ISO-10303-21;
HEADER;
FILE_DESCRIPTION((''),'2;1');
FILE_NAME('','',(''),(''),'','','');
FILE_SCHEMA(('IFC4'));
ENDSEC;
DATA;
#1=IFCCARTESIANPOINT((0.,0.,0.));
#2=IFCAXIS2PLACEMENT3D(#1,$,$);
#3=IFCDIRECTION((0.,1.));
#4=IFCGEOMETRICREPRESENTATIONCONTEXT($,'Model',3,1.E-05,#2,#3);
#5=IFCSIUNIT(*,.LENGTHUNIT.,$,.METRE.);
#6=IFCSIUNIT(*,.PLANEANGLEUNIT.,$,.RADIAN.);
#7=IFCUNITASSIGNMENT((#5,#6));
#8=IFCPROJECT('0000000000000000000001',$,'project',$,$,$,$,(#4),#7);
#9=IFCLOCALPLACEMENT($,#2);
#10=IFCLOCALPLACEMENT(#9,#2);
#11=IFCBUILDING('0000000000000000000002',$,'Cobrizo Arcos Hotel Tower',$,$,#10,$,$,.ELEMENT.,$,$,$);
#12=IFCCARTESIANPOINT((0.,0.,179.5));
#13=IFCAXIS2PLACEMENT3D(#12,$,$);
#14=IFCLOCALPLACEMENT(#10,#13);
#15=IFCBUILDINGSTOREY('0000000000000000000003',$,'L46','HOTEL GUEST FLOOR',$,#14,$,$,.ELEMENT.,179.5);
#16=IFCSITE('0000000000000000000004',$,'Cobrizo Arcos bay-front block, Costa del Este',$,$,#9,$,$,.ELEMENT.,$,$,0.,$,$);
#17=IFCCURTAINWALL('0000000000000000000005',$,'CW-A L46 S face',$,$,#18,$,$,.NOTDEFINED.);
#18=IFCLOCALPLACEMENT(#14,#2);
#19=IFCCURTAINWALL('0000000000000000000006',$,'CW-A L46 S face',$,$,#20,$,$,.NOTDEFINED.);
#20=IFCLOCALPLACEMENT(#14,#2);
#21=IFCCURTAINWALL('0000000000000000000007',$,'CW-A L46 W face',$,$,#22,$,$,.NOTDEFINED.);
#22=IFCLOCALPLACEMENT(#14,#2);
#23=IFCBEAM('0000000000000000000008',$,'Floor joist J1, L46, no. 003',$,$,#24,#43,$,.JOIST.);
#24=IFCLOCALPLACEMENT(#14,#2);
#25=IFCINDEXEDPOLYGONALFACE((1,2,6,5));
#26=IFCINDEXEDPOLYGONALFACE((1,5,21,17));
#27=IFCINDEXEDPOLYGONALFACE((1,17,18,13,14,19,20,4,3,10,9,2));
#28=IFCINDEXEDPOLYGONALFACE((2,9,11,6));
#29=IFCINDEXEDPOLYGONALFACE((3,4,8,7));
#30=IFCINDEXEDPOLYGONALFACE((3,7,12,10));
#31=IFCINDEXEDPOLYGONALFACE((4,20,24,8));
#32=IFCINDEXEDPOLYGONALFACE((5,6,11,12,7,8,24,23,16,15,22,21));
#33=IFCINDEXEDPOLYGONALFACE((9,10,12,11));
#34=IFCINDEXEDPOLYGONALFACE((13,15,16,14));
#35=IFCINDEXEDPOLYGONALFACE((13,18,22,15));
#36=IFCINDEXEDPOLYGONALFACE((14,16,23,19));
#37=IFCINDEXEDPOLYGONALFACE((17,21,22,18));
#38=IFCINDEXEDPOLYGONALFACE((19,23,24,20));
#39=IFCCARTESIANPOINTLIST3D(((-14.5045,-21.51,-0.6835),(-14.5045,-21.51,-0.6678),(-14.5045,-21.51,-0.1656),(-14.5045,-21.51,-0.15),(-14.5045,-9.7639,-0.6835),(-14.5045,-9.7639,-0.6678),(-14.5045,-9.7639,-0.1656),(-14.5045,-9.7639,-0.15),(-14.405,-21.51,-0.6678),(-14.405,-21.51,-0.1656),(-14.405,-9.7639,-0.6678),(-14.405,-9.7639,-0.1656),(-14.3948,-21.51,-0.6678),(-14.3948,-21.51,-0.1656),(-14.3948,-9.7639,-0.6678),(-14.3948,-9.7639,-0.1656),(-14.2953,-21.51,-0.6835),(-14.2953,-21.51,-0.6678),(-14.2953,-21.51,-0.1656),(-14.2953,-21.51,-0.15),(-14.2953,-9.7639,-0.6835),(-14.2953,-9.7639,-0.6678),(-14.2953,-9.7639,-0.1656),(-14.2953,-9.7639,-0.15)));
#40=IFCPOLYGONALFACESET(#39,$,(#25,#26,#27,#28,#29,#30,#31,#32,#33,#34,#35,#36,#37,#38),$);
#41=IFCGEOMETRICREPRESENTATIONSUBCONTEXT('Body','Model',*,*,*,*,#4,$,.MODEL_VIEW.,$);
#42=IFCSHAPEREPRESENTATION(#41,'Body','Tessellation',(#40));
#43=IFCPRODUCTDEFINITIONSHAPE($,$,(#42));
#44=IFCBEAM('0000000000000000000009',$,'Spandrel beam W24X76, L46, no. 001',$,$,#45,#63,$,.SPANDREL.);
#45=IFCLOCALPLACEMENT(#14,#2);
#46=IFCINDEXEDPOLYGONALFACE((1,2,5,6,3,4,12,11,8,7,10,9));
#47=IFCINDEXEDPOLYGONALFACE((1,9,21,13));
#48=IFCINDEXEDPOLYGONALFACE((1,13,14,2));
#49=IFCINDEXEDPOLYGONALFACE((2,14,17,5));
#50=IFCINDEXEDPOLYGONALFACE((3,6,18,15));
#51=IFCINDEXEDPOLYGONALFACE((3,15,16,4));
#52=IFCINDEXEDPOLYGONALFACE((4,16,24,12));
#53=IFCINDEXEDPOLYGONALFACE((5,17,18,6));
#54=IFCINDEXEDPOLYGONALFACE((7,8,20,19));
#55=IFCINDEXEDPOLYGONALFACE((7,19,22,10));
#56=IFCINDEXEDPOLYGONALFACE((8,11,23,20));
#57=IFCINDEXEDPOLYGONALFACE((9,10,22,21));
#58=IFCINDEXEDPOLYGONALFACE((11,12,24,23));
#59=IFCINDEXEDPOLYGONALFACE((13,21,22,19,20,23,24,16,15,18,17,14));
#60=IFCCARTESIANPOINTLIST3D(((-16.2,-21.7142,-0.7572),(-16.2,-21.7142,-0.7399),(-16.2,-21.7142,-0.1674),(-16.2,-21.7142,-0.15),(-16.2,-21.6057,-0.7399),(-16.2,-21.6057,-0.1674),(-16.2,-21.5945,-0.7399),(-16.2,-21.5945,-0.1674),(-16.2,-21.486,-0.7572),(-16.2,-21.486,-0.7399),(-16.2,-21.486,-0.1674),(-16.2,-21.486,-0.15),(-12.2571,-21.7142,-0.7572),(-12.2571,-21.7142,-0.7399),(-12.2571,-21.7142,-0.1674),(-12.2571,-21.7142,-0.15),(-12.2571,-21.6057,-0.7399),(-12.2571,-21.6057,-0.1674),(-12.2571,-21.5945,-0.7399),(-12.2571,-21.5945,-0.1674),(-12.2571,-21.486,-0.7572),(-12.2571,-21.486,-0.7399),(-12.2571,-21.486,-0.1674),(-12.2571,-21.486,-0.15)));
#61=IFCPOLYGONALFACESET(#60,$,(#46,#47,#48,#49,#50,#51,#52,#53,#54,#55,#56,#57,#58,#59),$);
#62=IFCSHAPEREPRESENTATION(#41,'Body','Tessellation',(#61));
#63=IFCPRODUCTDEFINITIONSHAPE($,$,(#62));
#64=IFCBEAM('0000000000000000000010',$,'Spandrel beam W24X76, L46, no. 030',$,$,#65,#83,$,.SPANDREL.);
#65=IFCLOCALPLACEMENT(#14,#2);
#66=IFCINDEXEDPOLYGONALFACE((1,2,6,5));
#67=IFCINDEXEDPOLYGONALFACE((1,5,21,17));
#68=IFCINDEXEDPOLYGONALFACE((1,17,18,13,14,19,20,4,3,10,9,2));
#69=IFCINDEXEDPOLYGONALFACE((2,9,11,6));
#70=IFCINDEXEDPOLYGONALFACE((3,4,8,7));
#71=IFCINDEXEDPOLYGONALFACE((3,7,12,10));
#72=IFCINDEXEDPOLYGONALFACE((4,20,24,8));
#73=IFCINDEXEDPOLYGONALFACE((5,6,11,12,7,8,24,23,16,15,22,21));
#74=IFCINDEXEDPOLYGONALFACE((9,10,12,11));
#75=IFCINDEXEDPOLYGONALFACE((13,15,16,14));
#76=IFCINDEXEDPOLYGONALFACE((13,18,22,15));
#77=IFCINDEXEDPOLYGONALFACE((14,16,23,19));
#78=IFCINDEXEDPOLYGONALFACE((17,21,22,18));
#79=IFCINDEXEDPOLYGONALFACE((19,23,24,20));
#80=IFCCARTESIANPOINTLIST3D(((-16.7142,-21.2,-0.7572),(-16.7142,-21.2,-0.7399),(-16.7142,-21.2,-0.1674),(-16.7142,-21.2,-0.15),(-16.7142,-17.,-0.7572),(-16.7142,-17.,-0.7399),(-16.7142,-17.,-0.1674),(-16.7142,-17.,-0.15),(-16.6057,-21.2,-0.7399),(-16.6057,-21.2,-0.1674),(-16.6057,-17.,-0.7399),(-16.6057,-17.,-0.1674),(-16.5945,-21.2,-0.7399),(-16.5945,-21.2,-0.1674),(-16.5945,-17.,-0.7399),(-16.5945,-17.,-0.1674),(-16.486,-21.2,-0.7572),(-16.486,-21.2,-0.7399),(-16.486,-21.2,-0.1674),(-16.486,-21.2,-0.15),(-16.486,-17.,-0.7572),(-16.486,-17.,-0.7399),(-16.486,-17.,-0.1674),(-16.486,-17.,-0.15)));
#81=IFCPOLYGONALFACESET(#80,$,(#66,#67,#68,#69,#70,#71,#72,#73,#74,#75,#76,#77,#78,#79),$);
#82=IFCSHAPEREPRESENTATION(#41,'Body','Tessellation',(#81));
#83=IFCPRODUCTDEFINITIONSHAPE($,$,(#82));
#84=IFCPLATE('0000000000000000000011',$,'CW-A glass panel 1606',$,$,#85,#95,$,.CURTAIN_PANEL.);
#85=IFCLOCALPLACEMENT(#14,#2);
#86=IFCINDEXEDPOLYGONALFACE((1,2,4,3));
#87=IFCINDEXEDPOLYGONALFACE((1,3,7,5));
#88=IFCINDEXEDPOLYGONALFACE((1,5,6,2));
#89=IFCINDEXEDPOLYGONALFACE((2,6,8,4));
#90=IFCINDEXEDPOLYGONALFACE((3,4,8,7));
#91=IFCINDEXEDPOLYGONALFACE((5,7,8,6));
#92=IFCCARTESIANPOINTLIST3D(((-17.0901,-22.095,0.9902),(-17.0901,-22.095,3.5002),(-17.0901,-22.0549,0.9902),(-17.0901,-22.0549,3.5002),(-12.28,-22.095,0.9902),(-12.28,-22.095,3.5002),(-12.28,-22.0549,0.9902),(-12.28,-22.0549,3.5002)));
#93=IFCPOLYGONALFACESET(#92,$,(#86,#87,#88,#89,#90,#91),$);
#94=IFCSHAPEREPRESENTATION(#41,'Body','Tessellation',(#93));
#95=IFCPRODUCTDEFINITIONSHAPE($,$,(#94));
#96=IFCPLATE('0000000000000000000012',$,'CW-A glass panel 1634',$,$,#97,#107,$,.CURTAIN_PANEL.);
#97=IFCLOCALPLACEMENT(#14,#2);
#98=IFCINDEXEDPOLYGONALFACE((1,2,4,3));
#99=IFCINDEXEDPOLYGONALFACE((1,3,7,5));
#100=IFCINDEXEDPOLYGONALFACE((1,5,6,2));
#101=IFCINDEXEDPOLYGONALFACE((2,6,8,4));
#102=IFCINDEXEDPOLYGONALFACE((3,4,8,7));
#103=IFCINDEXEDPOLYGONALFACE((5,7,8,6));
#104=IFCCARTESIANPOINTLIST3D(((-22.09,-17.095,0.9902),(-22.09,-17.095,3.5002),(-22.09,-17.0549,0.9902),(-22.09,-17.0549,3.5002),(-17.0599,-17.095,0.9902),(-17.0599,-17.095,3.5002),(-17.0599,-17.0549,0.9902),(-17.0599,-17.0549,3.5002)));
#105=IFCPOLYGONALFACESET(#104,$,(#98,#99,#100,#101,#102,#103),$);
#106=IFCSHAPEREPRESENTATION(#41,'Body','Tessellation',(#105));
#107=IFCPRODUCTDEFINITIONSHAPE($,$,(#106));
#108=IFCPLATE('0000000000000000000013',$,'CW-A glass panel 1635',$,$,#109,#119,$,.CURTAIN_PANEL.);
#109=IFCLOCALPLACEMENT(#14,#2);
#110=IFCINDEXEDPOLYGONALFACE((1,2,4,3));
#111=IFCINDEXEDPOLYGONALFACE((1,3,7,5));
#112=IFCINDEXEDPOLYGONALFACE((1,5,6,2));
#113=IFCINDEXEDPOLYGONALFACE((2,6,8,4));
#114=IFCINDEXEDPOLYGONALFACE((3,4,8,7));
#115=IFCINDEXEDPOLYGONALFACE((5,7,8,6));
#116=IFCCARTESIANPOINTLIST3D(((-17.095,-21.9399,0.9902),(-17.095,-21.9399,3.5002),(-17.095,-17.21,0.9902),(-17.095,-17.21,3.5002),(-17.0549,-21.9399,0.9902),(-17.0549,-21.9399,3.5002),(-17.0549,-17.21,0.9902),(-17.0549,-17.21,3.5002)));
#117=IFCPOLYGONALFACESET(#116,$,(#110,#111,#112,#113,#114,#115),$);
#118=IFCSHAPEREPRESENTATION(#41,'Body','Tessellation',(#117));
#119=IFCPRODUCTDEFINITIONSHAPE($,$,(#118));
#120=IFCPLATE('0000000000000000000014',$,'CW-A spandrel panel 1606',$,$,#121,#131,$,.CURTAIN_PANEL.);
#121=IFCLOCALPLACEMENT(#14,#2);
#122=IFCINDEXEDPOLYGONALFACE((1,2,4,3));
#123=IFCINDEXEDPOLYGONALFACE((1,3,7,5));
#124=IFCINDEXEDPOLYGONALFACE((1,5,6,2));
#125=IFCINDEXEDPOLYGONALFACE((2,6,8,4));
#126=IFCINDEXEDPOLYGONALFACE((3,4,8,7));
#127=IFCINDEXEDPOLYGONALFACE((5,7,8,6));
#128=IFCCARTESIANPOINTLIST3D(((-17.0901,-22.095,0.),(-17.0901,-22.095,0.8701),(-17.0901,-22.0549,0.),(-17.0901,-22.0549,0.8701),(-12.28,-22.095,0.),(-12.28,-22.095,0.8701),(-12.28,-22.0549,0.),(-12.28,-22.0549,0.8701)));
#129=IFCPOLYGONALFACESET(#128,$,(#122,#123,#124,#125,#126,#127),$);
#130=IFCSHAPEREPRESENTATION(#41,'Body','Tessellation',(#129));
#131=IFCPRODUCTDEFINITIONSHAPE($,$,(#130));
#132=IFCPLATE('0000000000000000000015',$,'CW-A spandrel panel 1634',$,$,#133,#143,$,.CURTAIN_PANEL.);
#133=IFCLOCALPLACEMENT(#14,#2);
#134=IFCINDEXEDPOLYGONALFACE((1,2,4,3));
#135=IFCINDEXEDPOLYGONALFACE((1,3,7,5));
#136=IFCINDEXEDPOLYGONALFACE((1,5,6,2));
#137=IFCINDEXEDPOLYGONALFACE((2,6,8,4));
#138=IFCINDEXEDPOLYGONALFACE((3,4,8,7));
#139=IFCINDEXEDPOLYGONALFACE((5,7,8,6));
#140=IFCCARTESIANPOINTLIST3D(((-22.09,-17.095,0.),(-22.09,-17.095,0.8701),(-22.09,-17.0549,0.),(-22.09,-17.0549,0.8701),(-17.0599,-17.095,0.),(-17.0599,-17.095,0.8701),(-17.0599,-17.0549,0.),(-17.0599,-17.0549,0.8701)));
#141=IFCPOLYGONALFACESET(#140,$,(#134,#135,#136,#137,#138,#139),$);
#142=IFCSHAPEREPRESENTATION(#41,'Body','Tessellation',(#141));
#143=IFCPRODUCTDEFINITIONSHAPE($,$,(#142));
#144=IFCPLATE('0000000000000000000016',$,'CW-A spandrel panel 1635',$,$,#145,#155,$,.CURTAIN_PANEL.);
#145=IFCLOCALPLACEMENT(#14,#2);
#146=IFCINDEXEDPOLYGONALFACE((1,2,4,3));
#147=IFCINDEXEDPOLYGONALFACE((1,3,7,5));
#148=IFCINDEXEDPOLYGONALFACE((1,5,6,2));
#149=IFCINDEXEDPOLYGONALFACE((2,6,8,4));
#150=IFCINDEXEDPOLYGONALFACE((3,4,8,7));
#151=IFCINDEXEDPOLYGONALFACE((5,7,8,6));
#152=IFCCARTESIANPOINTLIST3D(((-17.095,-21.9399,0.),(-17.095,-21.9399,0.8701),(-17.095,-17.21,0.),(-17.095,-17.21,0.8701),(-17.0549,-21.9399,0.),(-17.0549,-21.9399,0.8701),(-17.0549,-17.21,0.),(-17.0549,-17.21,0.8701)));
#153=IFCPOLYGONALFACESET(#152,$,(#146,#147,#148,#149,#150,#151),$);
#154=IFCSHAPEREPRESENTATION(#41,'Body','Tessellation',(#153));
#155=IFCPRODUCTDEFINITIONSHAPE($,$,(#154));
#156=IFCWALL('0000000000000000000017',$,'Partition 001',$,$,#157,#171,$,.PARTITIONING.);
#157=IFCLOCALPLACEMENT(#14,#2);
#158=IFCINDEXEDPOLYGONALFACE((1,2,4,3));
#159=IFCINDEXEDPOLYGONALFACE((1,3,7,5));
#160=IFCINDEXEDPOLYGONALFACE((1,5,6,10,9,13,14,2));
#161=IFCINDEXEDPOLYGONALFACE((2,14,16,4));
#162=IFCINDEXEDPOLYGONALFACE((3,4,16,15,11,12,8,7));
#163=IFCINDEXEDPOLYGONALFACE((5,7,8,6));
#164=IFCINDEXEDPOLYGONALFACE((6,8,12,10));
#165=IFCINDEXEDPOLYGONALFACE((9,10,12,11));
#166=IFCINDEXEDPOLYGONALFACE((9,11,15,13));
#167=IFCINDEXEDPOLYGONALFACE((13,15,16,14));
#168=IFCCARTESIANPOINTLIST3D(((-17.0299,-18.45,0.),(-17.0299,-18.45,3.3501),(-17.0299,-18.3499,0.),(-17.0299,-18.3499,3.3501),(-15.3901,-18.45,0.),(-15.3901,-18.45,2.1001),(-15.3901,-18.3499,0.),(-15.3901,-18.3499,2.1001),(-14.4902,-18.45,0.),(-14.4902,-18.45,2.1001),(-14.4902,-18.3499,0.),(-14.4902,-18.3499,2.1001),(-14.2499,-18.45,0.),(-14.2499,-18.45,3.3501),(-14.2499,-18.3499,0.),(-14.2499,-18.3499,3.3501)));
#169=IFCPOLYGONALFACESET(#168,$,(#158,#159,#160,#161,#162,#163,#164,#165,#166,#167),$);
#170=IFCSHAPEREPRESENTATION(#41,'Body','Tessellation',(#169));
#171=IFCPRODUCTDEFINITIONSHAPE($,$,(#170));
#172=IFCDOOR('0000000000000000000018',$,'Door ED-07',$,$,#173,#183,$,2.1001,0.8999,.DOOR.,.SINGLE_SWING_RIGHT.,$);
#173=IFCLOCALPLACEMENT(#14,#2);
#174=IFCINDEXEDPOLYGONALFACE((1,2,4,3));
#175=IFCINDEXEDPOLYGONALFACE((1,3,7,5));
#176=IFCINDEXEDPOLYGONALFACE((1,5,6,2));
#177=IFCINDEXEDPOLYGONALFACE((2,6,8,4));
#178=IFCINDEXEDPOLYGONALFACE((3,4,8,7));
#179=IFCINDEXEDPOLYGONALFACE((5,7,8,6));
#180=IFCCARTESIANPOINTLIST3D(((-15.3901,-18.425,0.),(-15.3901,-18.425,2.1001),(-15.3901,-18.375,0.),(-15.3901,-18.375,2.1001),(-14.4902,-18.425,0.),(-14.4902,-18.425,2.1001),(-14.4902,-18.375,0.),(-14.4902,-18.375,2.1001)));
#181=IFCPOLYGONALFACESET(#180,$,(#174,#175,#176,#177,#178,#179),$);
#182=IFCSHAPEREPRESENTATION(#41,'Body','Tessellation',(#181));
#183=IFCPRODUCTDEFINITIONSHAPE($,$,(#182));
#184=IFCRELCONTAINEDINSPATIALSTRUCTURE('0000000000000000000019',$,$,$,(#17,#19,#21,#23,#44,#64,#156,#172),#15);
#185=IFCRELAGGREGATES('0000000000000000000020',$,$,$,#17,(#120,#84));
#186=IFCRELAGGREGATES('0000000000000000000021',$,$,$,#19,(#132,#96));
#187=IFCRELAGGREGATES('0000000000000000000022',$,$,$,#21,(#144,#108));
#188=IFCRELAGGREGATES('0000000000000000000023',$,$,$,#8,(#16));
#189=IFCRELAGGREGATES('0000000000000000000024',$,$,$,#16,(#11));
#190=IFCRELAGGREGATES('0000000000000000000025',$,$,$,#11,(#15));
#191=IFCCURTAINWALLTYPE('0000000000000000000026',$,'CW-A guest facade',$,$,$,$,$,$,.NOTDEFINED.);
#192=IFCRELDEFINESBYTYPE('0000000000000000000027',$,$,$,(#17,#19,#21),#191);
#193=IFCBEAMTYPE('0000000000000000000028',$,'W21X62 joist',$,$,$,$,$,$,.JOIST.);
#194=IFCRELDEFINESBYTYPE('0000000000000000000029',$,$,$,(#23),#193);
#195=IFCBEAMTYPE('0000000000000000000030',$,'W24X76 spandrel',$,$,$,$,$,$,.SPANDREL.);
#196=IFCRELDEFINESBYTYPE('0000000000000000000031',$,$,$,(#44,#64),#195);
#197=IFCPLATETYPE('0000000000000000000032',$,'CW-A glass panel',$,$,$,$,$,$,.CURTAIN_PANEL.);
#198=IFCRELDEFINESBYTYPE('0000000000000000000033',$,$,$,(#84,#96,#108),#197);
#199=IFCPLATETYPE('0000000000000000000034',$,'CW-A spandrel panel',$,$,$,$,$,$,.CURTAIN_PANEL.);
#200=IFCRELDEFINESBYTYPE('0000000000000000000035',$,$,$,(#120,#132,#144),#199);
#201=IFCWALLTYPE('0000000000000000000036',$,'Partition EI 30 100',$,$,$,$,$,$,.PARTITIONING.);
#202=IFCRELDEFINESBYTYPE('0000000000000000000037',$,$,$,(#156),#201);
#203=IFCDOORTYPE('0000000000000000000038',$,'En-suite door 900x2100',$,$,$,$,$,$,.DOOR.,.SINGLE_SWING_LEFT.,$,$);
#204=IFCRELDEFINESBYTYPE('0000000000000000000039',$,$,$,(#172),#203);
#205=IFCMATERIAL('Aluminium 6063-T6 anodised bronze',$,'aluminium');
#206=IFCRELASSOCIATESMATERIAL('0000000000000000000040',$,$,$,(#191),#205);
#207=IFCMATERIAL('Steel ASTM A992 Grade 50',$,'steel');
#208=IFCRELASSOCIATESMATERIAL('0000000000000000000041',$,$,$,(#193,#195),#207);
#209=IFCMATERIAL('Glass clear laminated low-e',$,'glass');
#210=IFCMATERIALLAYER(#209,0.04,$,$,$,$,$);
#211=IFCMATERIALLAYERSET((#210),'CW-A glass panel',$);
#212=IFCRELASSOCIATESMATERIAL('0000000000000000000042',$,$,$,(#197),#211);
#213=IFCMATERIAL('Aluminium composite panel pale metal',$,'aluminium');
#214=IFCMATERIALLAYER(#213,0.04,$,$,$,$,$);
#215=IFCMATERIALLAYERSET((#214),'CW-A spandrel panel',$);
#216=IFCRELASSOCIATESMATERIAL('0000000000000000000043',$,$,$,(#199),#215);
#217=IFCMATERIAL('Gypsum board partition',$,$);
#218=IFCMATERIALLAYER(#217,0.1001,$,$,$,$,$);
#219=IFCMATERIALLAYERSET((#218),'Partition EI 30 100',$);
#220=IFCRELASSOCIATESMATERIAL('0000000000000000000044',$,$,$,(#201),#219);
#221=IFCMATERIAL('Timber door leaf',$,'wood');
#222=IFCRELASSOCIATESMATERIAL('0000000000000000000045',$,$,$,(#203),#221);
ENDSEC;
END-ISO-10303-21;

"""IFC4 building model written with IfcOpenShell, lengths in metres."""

from ifc_helpers import new_model, si_unit, direction, frame, frame_2d, origin, origin_2d, place, context, subcontext, project, spatial, rectangle, i_section, extrude, material, layer, layer_set, material_profile, profile_set, type_object, element, fill, aggregate, save


model = new_model("IFC4")

# Units and contexts
model_context = context("Model", 3, precision=1e-05, world=origin(), true_north=direction((0.0, 1.0)))
body_context = subcontext(model_context, "Body", "Model", "MODEL_VIEW")
ifc_project = project(units=[si_unit("LENGTHUNIT", "METRE"), si_unit("PLANEANGLEUNIT", "RADIAN")], contexts=[model_context])

# Site, building, storey
site_placement = place(None, origin())
site = spatial("IfcSite", under=ifc_project, at=site_placement, Name="Cobrizo Arcos bay-front block, Costa del Este", CompositionType="ELEMENT", RefElevation=0.0)
building_placement = place(site_placement, origin())
building = spatial("IfcBuilding", under=site, at=building_placement, Name="Cobrizo Arcos Hotel Tower", CompositionType="ELEMENT")
storey_placement = place(building_placement, frame((0.0, 0.0, 179.5)))
storey = spatial("IfcBuildingStorey", under=building, at=storey_placement, Name="L46", Description="HOTEL GUEST FLOOR", CompositionType="ELEMENT", Elevation=179.5)

# Curtain wall
ifc_material_1 = material(Name="Aluminium 6063-T6 anodised bronze", Category="aluminium")
curtain_wall_type = type_object("IfcCurtainWallType", Name="CW-A guest facade", PredefinedType="NOTDEFINED", material=ifc_material_1)
curtain_wall_1_placement = place(storey_placement, origin())
curtain_wall_1 = element("IfcCurtainWall", 1, at=curtain_wall_1_placement, inside=storey, type_object=curtain_wall_type, Name="CW-A L46 S face", PredefinedType="NOTDEFINED")

# Curtain walls
curtain_wall_2_placement = place(storey_placement, origin())
curtain_wall_2 = element("IfcCurtainWall", 2, at=curtain_wall_2_placement, inside=storey, type_object=curtain_wall_type, Name="CW-A L46 S face", PredefinedType="NOTDEFINED")
curtain_wall_3_placement = place(storey_placement, origin())
curtain_wall_3 = element("IfcCurtainWall", 3, at=curtain_wall_3_placement, inside=storey, type_object=curtain_wall_type, Name="CW-A L46 W face", PredefinedType="NOTDEFINED")

# Beams
ifc_material_2 = material(Name="Steel ASTM A992 Grade 50", Category="steel")
ifc_material_profile_1 = material_profile(ifc_material_2, i_section(OverallWidth=0.2092, OverallDepth=0.5334, WebThickness=0.0103, FlangeThickness=0.0156, at=origin_2d()), Name="W21X62")
ifc_profile_set_1 = profile_set([ifc_material_profile_1], Name="Steel ASTM A992 Grade 50")
beam_type_1 = type_object("IfcBeamType", Name="W21X62 joist", PredefinedType="JOIST", material=ifc_profile_set_1)
beam_1_placement = place(storey_placement, frame((-14.3999, -21.51, -0.4167), z_axis=(0.0, 1.0, 0.0), x_axis=(-1.0, 0.0, 0.0)))
element("IfcBeam", 4, at=beam_1_placement, inside=storey, type_object=beam_type_1, Name="Floor joist J1, L46, no. 003", PredefinedType="JOIST", context=body_context, shape_type="SweptSolid", body=[
    extrude(i_section(OverallWidth=0.2092, OverallDepth=0.5334, WebThickness=0.0103, FlangeThickness=0.0156, at=origin_2d()), origin(), (0.0, 0.0, 1.0), 11.7461),
])
ifc_material_profile_2 = material_profile(ifc_material_2, i_section(OverallWidth=0.2283, OverallDepth=0.6072, WebThickness=0.0112, FlangeThickness=0.0173, at=origin_2d()), Name="W24X76")
ifc_profile_set_2 = profile_set([ifc_material_profile_2], Name="Steel ASTM A992 Grade 50")
beam_type_2 = type_object("IfcBeamType", Name="W24X76 spandrel", PredefinedType="SPANDREL", material=ifc_profile_set_2)
beam_2_placement = place(storey_placement, frame((-16.2, -21.6001, -0.4536), z_axis=(1.0, 0.0, 0.0), x_axis=(0.0, 1.0, 0.0)))
element("IfcBeam", 5, at=beam_2_placement, inside=storey, type_object=beam_type_2, Name="Spandrel beam W24X76, L46, no. 001", PredefinedType="SPANDREL", context=body_context, shape_type="SweptSolid", body=[
    extrude(i_section(OverallWidth=0.2283, OverallDepth=0.6072, WebThickness=0.0112, FlangeThickness=0.0173, at=origin_2d()), origin(), (0.0, 0.0, 1.0), 3.9429),
])
beam_3_placement = place(storey_placement, frame((-16.6001, -17.0, -0.4536), z_axis=(0.0, -1.0, 0.0), x_axis=(1.0, 0.0, 0.0)))
element("IfcBeam", 6, at=beam_3_placement, inside=storey, type_object=beam_type_2, Name="Spandrel beam W24X76, L46, no. 030", PredefinedType="SPANDREL", context=body_context, shape_type="SweptSolid", body=[
    extrude(i_section(OverallWidth=0.2283, OverallDepth=0.6072, WebThickness=0.0112, FlangeThickness=0.0173, at=origin_2d()), origin(), (0.0, 0.0, 1.0), 4.2),
])

# Plates
ifc_material_3 = material(Name="Glass clear laminated low-e", Category="glass")
ifc_layer_1 = layer(ifc_material_3, 0.04)
ifc_layer_set_1 = layer_set([ifc_layer_1], Name="CW-A glass panel")
plate_type_1 = type_object("IfcPlateType", Name="CW-A glass panel", PredefinedType="CURTAIN_PANEL", material=ifc_layer_set_1)
plate_1_placement = place(storey_placement, frame((-14.6851, -22.075, 0.9902), z_axis=(0.0, 0.0, 1.0), x_axis=(1.0, 0.0, 0.0)))
plate_1 = element("IfcPlate", 7, at=plate_1_placement, type_object=plate_type_1, Name="CW-A glass panel 1606", PredefinedType="CURTAIN_PANEL", context=body_context, shape_type="SweptSolid", body=[
    extrude(rectangle(XDim=4.8101, YDim=0.04, at=origin_2d()), origin(), (0.0, 0.0, 1.0), 2.51),
])
plate_2_placement = place(storey_placement, frame((-19.575, -17.075, 0.9902), z_axis=(0.0, 0.0, 1.0), x_axis=(1.0, 0.0, 0.0)))
plate_2 = element("IfcPlate", 8, at=plate_2_placement, type_object=plate_type_1, Name="CW-A glass panel 1634", PredefinedType="CURTAIN_PANEL", context=body_context, shape_type="SweptSolid", body=[
    extrude(rectangle(XDim=5.03, YDim=0.04, at=origin_2d()), origin(), (0.0, 0.0, 1.0), 2.51),
])
plate_3_placement = place(storey_placement, frame((-17.075, -19.575, 0.9902), z_axis=(0.0, 0.0, 1.0), x_axis=(0.0, -1.0, 0.0)))
plate_3 = element("IfcPlate", 9, at=plate_3_placement, type_object=plate_type_1, Name="CW-A glass panel 1635", PredefinedType="CURTAIN_PANEL", context=body_context, shape_type="SweptSolid", body=[
    extrude(rectangle(XDim=4.73, YDim=0.04, at=origin_2d()), origin(), (0.0, 0.0, 1.0), 2.51),
])
ifc_material_4 = material(Name="Aluminium composite panel pale metal", Category="aluminium")
ifc_layer_2 = layer(ifc_material_4, 0.04)
ifc_layer_set_2 = layer_set([ifc_layer_2], Name="CW-A spandrel panel")
plate_type_2 = type_object("IfcPlateType", Name="CW-A spandrel panel", PredefinedType="CURTAIN_PANEL", material=ifc_layer_set_2)
plate_4_placement = place(storey_placement, frame((-14.6851, -22.075, 0.0), z_axis=(0.0, 0.0, 1.0), x_axis=(1.0, 0.0, 0.0)))
plate_4 = element("IfcPlate", 10, at=plate_4_placement, type_object=plate_type_2, Name="CW-A spandrel panel 1606", PredefinedType="CURTAIN_PANEL", context=body_context, shape_type="SweptSolid", body=[
    extrude(rectangle(XDim=4.8101, YDim=0.04, at=origin_2d()), origin(), (0.0, 0.0, 1.0), 0.8701),
])
aggregate(curtain_wall_1, [plate_4, plate_1])
plate_5_placement = place(storey_placement, frame((-19.575, -17.075, 0.0), z_axis=(0.0, 0.0, 1.0), x_axis=(1.0, 0.0, 0.0)))
plate_5 = element("IfcPlate", 11, at=plate_5_placement, type_object=plate_type_2, Name="CW-A spandrel panel 1634", PredefinedType="CURTAIN_PANEL", context=body_context, shape_type="SweptSolid", body=[
    extrude(rectangle(XDim=5.03, YDim=0.04, at=origin_2d()), origin(), (0.0, 0.0, 1.0), 0.8701),
])
aggregate(curtain_wall_2, [plate_5, plate_2])
plate_6_placement = place(storey_placement, frame((-17.075, -19.575, 0.0), z_axis=(0.0, 0.0, 1.0), x_axis=(0.0, -1.0, 0.0)))
plate_6 = element("IfcPlate", 12, at=plate_6_placement, type_object=plate_type_2, Name="CW-A spandrel panel 1635", PredefinedType="CURTAIN_PANEL", context=body_context, shape_type="SweptSolid", body=[
    extrude(rectangle(XDim=4.73, YDim=0.04, at=origin_2d()), origin(), (0.0, 0.0, 1.0), 0.8701),
])
aggregate(curtain_wall_3, [plate_6, plate_3])

# Wall, opening, door
ifc_material_5 = material(Name="Gypsum board partition")
ifc_layer_3 = layer(ifc_material_5, 0.1001)
ifc_layer_set_3 = layer_set([ifc_layer_3], Name="Partition EI 30 100")
wall_type = type_object("IfcWallType", Name="Partition EI 30 100", PredefinedType="PARTITIONING", material=ifc_layer_set_3)
wall_1_placement = place(storey_placement, frame((-17.03, -18.3999, 0.0), z_axis=(0.0, 0.0, 1.0), x_axis=(1.0, 0.0, 0.0)))
wall_1 = element("IfcWall", 13, at=wall_1_placement, inside=storey, type_object=wall_type, Name="Partition 001", PredefinedType="PARTITIONING", context=body_context, shape_type="SweptSolid", body=[
    extrude(rectangle(XDim=2.78, YDim=0.1001, at=frame_2d((1.3901, 0.0))), origin(), (0.0, 0.0, 1.0), 3.3501),
])
opening_placement = place(wall_1_placement, frame((1.6399, 0.0, 0.0)))
opening = element("IfcOpeningElement", 14, at=opening_placement, cuts=wall_1, PredefinedType="OPENING", context=body_context, shape_type="SweptSolid", body=[
    extrude(rectangle(XDim=0.8999, YDim=2.1001, at=frame_2d((0.45, 1.05))), frame((0.0, 0.062, 0.0), z_axis=(0.0, -1.0, 0.0), x_axis=(1.0, 0.0, 0.0)), (0.0, 0.0, 1.0), 0.124),
])
ifc_material_6 = material(Name="Timber door leaf", Category="wood")
door_type = type_object("IfcDoorType", Name="En-suite door 900x2100", OperationType="SINGLE_SWING_LEFT", PredefinedType="DOOR", material=ifc_material_6)
door_placement = place(opening_placement, origin())
door = element("IfcDoor", 15, at=door_placement, inside=storey, type_object=door_type, Name="Door ED-07", OperationType="SINGLE_SWING_RIGHT", OverallHeight=2.1001, OverallWidth=0.8999, PredefinedType="DOOR", context=body_context, shape_type="SweptSolid", body=[
    extrude(rectangle(XDim=0.8999, YDim=2.1001, at=frame_2d((0.45, 1.05))), frame((0.0, 0.0249, 0.0), z_axis=(0.0, -1.0, 0.0), x_axis=(1.0, 0.0, 0.0)), (0.0, 0.0, 1.0), 0.05),
])
fill(opening, door)

save(model, "model.ifc")
